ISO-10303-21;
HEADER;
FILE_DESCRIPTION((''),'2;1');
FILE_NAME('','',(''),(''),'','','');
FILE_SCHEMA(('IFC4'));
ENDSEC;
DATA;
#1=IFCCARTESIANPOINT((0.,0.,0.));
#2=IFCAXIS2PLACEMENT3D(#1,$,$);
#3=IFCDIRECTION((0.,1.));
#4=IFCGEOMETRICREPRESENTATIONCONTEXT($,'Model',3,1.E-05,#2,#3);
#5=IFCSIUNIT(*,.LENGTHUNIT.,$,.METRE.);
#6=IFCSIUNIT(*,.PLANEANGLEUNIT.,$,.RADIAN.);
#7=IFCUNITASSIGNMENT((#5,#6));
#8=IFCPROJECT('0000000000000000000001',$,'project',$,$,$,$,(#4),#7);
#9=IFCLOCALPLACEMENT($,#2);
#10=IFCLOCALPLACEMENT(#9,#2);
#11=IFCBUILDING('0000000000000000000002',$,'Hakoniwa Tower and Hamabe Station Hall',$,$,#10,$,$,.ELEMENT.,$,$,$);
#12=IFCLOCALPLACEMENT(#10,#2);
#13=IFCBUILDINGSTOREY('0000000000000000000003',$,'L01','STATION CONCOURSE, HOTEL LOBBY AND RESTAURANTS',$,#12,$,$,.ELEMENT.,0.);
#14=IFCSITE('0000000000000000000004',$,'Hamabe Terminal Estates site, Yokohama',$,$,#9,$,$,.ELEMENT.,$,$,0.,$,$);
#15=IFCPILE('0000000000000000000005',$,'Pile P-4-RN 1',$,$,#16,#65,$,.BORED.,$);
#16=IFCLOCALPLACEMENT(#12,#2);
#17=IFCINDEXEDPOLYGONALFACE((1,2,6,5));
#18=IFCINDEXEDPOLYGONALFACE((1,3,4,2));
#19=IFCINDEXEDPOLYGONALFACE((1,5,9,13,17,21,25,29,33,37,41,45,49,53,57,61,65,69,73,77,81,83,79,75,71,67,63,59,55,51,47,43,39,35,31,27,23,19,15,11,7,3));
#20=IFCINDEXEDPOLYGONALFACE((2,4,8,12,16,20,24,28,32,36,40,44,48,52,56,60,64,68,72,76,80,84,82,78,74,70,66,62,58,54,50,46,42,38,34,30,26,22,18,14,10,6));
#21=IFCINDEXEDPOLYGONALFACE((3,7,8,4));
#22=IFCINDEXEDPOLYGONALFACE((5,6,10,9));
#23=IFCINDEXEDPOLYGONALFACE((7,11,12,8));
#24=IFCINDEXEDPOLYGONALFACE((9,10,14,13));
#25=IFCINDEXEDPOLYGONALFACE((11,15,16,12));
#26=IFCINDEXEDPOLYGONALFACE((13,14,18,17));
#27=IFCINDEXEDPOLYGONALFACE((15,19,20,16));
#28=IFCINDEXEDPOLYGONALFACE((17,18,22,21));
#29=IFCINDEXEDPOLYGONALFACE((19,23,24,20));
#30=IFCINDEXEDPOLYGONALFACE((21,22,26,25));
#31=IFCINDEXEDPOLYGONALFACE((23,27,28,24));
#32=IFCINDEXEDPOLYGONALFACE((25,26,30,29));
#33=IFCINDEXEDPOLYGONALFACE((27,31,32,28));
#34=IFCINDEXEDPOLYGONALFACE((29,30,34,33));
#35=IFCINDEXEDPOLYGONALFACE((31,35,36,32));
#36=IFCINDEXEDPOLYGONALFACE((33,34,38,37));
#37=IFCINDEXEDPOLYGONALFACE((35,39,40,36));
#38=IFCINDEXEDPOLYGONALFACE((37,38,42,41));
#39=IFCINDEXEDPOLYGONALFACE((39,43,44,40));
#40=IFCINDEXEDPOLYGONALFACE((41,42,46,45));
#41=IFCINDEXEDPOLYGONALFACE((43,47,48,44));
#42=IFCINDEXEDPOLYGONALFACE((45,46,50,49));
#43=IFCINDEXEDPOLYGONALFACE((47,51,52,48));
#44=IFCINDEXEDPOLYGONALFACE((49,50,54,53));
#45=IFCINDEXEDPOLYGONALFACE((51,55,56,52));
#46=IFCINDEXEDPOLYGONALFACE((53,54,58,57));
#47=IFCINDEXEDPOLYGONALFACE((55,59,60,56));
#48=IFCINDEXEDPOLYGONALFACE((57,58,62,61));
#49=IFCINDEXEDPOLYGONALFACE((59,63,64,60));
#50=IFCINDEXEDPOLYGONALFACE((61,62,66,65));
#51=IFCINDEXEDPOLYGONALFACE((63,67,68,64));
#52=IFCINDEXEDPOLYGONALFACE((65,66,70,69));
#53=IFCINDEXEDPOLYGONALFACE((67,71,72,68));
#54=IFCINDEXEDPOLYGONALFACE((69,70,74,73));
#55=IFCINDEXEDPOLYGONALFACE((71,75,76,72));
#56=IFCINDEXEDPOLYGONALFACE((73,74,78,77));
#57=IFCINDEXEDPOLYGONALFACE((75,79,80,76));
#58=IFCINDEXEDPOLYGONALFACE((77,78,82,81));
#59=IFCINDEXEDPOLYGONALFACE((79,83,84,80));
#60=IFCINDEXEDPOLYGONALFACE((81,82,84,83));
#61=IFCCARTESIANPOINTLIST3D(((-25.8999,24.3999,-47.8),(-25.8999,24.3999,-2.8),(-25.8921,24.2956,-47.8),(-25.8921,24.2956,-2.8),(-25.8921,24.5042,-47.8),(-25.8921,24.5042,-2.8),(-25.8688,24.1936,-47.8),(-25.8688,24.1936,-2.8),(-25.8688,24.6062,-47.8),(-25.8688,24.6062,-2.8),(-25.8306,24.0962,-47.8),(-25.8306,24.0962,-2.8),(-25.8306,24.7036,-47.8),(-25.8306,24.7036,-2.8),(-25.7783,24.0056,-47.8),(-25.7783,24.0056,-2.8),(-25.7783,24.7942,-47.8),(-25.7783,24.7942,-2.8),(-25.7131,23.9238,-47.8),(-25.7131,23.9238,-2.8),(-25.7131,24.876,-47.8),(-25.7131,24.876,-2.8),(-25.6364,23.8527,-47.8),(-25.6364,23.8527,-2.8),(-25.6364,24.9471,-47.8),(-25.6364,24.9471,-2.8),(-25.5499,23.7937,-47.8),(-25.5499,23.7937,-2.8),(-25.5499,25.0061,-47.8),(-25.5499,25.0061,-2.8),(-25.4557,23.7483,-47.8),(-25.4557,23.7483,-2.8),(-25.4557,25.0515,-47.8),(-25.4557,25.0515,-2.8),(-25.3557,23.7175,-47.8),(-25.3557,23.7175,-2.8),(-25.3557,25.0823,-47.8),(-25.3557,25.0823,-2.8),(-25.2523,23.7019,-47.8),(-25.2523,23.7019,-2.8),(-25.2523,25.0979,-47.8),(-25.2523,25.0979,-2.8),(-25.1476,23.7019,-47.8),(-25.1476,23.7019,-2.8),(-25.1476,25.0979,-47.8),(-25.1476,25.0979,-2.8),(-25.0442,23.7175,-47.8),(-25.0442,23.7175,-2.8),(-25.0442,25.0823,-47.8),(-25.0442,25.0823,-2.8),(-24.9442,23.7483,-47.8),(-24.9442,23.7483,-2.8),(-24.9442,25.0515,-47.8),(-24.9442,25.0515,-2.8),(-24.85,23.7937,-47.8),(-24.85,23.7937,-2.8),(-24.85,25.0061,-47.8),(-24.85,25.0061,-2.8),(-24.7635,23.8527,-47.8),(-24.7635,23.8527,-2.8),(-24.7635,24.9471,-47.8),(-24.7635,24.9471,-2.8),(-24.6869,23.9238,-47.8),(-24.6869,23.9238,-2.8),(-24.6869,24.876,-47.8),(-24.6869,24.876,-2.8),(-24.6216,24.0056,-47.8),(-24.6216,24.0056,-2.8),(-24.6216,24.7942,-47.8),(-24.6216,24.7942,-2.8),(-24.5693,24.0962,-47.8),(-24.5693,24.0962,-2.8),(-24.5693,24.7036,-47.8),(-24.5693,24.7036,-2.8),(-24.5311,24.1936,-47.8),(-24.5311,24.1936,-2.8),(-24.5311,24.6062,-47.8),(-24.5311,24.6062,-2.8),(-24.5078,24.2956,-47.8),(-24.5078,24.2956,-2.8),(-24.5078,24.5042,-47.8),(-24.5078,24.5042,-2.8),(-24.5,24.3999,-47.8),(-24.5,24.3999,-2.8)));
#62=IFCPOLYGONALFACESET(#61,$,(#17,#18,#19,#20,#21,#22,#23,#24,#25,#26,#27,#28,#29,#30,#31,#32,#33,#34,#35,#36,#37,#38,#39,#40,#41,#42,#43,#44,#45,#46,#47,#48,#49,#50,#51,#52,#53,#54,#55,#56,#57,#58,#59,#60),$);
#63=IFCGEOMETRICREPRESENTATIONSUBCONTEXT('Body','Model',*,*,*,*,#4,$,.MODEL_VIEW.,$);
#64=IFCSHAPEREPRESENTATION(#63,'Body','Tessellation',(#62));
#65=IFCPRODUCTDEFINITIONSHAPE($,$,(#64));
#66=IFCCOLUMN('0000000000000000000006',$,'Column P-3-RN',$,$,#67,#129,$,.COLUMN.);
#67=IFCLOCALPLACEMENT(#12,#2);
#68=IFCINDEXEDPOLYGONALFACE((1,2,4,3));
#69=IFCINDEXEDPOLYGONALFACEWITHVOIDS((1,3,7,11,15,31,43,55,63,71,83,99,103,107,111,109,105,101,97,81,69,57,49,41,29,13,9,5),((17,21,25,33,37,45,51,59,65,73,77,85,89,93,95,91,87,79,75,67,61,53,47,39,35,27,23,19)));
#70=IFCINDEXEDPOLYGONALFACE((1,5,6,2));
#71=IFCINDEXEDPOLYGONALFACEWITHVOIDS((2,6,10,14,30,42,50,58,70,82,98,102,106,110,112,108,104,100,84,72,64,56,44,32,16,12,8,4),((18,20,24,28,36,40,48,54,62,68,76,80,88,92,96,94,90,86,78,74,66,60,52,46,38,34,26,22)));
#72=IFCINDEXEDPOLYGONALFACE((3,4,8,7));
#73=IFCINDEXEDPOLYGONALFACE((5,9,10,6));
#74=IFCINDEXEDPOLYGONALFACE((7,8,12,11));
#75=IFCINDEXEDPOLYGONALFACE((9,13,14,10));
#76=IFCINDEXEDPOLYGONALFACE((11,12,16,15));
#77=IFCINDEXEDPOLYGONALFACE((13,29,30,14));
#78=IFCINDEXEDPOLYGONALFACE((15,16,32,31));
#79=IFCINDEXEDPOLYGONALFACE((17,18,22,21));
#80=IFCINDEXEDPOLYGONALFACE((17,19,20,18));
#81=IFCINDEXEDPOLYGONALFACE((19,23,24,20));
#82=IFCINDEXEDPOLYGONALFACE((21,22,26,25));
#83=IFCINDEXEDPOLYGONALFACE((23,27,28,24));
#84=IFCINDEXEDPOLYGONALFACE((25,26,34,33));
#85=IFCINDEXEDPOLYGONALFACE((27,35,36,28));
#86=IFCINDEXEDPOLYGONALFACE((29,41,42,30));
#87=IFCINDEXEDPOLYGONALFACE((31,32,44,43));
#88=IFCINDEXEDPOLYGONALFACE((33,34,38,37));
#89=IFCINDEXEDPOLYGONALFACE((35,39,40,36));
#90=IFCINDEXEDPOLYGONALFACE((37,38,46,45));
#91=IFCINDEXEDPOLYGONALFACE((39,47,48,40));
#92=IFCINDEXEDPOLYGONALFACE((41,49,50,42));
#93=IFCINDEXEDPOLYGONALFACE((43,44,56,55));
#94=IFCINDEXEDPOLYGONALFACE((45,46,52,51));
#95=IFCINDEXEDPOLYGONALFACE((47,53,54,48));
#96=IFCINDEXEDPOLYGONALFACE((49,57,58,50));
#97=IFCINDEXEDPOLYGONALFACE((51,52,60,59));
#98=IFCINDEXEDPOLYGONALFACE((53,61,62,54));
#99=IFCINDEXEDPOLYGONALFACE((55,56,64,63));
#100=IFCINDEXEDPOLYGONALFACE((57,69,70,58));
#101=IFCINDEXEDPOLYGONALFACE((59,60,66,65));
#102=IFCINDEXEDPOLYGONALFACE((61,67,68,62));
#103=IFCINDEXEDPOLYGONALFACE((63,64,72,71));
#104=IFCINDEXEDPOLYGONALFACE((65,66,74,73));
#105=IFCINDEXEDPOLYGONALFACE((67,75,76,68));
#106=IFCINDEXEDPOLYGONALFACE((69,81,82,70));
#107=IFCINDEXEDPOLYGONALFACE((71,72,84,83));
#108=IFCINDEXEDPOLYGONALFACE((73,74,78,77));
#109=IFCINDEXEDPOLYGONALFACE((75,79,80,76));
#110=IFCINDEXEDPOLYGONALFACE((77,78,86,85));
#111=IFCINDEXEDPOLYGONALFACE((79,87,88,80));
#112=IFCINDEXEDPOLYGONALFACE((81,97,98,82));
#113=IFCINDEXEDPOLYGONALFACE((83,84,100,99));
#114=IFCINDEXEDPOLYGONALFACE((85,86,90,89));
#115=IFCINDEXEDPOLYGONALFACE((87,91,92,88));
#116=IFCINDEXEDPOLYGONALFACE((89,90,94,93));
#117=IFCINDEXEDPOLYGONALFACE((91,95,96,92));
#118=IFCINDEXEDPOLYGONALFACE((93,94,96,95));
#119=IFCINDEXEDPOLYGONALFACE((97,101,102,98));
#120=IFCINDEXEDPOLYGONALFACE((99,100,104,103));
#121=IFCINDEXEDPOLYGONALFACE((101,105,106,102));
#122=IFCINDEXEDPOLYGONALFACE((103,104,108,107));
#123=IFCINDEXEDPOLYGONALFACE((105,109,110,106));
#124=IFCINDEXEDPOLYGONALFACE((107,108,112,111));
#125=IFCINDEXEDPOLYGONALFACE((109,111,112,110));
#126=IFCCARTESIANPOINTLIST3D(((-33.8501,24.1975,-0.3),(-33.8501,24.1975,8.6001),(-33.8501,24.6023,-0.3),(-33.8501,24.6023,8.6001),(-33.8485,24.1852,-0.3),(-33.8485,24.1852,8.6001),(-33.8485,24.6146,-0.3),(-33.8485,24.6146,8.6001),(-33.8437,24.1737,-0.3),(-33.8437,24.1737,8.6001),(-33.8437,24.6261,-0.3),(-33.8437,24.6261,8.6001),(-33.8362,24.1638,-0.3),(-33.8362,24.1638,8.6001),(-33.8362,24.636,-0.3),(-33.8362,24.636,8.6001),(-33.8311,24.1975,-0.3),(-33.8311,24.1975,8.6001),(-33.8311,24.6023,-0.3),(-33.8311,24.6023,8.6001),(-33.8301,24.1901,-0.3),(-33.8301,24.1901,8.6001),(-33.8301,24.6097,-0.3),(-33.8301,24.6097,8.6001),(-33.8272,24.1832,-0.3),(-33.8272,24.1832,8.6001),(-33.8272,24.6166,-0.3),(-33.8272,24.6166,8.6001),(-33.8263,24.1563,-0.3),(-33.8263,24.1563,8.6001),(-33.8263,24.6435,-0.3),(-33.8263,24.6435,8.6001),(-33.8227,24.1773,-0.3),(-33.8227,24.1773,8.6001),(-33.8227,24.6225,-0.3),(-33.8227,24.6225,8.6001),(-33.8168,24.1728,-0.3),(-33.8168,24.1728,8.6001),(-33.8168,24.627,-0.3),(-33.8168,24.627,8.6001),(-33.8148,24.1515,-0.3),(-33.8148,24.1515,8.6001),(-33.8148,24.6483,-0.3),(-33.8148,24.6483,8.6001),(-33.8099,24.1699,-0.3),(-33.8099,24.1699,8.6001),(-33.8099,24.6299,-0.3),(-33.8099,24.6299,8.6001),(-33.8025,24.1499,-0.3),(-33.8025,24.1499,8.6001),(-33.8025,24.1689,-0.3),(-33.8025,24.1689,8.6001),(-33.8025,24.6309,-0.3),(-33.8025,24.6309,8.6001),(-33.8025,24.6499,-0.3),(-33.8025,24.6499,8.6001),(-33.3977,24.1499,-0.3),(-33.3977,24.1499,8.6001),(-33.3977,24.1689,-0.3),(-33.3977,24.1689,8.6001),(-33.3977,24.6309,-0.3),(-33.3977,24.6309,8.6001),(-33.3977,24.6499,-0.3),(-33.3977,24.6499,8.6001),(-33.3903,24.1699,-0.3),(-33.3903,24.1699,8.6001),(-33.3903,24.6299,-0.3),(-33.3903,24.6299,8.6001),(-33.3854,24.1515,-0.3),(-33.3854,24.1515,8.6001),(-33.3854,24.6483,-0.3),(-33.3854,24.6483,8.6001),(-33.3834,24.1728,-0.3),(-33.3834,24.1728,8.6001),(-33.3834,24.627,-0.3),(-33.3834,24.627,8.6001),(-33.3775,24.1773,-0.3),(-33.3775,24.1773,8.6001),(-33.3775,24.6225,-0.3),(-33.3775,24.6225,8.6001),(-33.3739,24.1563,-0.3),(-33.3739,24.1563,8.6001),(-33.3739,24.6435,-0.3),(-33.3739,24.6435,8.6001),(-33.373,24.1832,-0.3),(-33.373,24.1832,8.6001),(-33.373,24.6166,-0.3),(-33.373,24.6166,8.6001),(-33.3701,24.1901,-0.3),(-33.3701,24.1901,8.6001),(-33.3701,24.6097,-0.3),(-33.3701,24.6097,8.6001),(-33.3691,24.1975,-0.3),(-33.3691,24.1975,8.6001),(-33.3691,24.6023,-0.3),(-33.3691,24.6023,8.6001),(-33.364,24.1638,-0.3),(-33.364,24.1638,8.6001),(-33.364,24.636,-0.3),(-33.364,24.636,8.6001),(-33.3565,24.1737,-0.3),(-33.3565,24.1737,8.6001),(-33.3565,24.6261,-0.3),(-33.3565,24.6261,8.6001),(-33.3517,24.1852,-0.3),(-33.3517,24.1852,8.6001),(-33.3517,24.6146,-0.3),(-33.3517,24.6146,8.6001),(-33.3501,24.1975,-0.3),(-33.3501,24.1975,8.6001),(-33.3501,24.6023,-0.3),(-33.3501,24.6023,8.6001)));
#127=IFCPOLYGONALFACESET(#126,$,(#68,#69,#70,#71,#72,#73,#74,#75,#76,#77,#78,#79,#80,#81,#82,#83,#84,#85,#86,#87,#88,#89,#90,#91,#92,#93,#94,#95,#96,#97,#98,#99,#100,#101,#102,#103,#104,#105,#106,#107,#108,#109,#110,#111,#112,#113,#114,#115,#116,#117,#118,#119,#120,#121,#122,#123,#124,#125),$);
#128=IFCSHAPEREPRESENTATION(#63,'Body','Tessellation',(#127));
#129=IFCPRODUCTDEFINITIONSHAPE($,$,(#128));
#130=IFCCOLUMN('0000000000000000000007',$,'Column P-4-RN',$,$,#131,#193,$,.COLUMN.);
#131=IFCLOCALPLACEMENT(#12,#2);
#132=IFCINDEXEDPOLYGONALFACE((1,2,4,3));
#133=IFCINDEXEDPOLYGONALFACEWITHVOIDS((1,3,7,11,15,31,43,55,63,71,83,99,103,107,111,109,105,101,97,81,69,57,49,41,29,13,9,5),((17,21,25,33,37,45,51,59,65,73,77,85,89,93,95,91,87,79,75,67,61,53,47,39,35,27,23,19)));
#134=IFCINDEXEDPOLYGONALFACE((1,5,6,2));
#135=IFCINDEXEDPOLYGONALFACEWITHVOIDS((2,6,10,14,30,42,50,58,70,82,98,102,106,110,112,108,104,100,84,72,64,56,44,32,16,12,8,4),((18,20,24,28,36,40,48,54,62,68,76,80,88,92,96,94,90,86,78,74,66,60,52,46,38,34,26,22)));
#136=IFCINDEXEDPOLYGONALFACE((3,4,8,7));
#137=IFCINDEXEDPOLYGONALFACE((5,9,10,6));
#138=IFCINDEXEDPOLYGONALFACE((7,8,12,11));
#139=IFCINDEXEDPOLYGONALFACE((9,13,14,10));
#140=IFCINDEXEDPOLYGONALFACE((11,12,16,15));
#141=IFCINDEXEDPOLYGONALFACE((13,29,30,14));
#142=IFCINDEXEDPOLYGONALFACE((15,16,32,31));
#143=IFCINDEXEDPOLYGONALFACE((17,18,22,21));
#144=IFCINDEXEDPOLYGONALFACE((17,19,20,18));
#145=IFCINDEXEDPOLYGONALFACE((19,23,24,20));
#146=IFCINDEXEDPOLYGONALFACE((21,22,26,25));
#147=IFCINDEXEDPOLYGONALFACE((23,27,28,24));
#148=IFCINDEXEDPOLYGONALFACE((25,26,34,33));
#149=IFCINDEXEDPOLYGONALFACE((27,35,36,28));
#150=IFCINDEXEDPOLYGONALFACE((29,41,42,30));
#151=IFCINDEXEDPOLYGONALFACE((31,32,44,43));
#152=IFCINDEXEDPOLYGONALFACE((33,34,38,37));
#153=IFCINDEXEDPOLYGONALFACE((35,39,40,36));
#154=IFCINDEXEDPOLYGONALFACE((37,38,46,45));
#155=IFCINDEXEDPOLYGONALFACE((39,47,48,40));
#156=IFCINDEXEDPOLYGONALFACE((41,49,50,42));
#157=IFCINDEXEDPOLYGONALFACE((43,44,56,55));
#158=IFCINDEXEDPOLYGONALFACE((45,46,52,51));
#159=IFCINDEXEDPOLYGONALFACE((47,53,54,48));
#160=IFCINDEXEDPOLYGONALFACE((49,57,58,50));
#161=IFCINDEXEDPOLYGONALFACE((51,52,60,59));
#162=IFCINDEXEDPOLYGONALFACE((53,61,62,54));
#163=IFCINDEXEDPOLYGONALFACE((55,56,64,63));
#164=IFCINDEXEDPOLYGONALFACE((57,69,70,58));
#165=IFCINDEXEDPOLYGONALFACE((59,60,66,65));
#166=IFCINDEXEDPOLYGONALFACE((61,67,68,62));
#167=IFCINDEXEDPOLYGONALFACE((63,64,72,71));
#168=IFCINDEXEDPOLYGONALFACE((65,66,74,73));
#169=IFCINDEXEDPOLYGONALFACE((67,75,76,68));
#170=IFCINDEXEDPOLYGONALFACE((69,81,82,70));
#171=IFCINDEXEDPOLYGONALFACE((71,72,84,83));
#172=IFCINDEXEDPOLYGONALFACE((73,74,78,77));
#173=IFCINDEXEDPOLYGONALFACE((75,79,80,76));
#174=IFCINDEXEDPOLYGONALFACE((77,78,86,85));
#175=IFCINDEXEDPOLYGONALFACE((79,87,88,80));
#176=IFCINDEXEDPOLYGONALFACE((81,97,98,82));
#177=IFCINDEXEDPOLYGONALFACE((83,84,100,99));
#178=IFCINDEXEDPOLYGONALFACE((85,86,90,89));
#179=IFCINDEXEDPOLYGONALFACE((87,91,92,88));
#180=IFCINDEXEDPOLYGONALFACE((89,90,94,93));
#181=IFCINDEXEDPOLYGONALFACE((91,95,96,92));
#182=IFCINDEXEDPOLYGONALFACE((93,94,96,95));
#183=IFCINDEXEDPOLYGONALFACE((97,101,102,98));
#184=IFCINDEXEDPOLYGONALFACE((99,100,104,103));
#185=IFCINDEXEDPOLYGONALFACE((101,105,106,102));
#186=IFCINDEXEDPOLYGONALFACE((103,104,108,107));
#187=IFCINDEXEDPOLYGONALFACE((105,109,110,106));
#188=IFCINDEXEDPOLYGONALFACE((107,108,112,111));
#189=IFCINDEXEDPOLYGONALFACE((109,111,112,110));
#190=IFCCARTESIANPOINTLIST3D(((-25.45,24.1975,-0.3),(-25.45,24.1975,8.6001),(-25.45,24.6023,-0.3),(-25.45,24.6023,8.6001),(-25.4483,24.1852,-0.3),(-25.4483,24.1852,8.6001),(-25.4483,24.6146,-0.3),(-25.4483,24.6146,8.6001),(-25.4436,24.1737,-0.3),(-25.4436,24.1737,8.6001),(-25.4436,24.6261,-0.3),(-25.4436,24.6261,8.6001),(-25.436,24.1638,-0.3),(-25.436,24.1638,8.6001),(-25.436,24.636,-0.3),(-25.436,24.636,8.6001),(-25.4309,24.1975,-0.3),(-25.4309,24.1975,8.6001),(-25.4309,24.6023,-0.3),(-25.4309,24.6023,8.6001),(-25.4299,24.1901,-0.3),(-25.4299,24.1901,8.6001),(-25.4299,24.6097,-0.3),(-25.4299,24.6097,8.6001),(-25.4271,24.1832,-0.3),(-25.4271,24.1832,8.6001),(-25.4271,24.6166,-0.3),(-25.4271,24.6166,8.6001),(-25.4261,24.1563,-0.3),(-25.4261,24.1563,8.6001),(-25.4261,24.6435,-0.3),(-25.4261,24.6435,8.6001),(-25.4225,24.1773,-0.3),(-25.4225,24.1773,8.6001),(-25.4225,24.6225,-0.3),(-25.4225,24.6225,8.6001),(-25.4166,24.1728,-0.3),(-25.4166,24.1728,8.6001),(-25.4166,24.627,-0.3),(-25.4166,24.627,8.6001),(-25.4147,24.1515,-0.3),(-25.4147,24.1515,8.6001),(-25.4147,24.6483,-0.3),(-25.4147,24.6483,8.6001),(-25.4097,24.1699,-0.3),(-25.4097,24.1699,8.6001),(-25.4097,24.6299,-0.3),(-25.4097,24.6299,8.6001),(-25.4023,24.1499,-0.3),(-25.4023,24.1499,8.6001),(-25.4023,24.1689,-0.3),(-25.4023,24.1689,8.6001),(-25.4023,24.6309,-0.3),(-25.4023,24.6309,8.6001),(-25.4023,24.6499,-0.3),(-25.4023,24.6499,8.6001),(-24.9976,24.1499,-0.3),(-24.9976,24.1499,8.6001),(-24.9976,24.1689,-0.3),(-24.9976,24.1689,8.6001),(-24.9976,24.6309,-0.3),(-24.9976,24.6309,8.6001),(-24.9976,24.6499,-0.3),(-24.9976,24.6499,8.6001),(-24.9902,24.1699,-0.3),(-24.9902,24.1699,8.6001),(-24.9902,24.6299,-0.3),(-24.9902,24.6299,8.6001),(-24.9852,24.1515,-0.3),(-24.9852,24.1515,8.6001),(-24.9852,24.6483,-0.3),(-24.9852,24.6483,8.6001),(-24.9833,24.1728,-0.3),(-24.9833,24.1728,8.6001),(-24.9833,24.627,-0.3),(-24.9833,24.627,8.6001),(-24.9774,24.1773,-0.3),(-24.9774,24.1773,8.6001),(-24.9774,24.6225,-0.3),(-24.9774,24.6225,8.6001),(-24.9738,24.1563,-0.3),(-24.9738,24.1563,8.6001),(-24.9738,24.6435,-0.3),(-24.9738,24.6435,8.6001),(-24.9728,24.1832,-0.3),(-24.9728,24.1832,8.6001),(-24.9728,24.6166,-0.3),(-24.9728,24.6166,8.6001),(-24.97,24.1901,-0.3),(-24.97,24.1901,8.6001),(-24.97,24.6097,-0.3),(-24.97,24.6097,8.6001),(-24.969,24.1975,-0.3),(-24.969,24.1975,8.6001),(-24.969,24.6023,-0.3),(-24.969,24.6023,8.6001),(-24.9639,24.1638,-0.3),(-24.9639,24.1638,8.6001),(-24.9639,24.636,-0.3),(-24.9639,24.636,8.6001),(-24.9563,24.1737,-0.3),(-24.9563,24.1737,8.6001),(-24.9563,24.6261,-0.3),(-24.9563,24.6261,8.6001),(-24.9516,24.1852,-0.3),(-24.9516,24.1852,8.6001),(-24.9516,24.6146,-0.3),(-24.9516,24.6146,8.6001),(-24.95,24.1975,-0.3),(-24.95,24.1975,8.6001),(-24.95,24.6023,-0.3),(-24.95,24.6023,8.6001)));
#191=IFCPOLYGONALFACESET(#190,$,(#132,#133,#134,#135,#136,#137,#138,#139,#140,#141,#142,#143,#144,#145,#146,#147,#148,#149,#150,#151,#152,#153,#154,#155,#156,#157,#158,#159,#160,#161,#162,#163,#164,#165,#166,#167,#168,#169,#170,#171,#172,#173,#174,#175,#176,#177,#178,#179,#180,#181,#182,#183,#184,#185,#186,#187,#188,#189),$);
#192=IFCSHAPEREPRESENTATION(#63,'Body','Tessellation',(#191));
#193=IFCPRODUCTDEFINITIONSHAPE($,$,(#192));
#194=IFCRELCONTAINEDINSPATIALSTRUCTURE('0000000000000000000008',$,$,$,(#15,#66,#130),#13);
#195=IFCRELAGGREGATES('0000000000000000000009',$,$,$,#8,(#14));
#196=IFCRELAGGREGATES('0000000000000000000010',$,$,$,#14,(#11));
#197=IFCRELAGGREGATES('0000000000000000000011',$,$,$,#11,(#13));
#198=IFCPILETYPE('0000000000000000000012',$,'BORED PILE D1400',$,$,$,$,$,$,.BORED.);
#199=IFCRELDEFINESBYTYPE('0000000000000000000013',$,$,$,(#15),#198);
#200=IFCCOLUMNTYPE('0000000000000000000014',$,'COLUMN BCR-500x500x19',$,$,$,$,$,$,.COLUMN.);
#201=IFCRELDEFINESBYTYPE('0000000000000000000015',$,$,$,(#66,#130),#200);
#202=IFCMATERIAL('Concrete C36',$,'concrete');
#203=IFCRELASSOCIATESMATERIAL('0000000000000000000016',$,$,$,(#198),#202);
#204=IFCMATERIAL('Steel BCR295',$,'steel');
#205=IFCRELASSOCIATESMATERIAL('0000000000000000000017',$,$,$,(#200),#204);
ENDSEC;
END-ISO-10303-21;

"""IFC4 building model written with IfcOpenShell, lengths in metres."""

from ifc_helpers import new_model, si_unit, direction, frame, origin, origin_2d, place, context, subcontext, project, spatial, hollow_rectangle, circle, extrude, material, material_profile, profile_set, type_object, element, save


model = new_model("IFC4")

# Units and contexts
model_context = context("Model", 3, precision=1e-05, world=origin(), true_north=direction((0.0, 1.0)))
body_context = subcontext(model_context, "Body", "Model", "MODEL_VIEW")
ifc_project = project(units=[si_unit("LENGTHUNIT", "METRE"), si_unit("PLANEANGLEUNIT", "RADIAN")], contexts=[model_context])

# Site, building, storey
site_placement = place(None, origin())
site = spatial("IfcSite", under=ifc_project, at=site_placement, Name="Hamabe Terminal Estates site, Yokohama", CompositionType="ELEMENT", RefElevation=0.0)
building_placement = place(site_placement, origin())
building = spatial("IfcBuilding", under=site, at=building_placement, Name="Hakoniwa Tower and Hamabe Station Hall", CompositionType="ELEMENT")
storey_placement = place(building_placement, origin())
storey = spatial("IfcBuildingStorey", under=building, at=storey_placement, Name="L01", Description="STATION CONCOURSE, HOTEL LOBBY AND RESTAURANTS", CompositionType="ELEMENT", Elevation=0.0)

# Pile
ifc_material_1 = material(Name="Concrete C36", Category="concrete")
ifc_material_profile_1 = material_profile(ifc_material_1, circle(Radius=0.7, at=origin_2d()), Name="BORED PILE D1400")
ifc_profile_set_1 = profile_set([ifc_material_profile_1], Name="Concrete C36")
pile_type = type_object("IfcPileType", Name="BORED PILE D1400", PredefinedType="BORED", material=ifc_profile_set_1)
for number, where, z_axis, x_axis, name in (
    (1, (-25.2, 24.3999, -2.8), (0.0, 0.0, -1.0), (1.0, 0.0, 0.0), "Pile P-4-RN 1"),
):
    element("IfcPile", number, at=place(storey_placement, frame(where, z_axis=z_axis, x_axis=x_axis)), inside=storey, type_object=pile_type, Name=name, PredefinedType="BORED", context=body_context, shape_type="SweptSolid", body=[
        extrude(circle(Radius=0.7, at=origin_2d()), origin(), (0.0, 0.0, 1.0), 45.0),
    ])

# Columns
ifc_material_2 = material(Name="Steel BCR295", Category="steel")
ifc_material_profile_2 = material_profile(ifc_material_2, hollow_rectangle(XDim=0.5, YDim=0.5, WallThickness=0.019, InnerFilletRadius=0.0286, OuterFilletRadius=0.0476, at=origin_2d()), Name="BCR-500x500x19")
ifc_profile_set_2 = profile_set([ifc_material_profile_2], Name="Steel BCR295")
column_type_1 = type_object("IfcColumnType", Name="COLUMN BCR-500x500x19", PredefinedType="COLUMN", material=ifc_profile_set_2)
for number, where, z_axis, x_axis, name in (
    (2, (-33.6001, 24.3999, -0.3), (0.0, 0.0, 1.0), (1.0, 0.0, 0.0), "Column P-3-RN"),
    (3, (-25.2, 24.3999, -0.3), (0.0, 0.0, 1.0), (1.0, 0.0, 0.0), "Column P-4-RN"),
):
    element("IfcColumn", number, at=place(storey_placement, frame(where, z_axis=z_axis, x_axis=x_axis)), inside=storey, type_object=column_type_1, Name=name, PredefinedType="COLUMN", context=body_context, shape_type="SweptSolid", body=[
        extrude(hollow_rectangle(XDim=0.5, YDim=0.5, WallThickness=0.019, InnerFilletRadius=0.0286, OuterFilletRadius=0.0476, at=origin_2d()), origin(), (0.0, 0.0, 1.0), 8.9001),
    ])

save(model, "model.ifc")
